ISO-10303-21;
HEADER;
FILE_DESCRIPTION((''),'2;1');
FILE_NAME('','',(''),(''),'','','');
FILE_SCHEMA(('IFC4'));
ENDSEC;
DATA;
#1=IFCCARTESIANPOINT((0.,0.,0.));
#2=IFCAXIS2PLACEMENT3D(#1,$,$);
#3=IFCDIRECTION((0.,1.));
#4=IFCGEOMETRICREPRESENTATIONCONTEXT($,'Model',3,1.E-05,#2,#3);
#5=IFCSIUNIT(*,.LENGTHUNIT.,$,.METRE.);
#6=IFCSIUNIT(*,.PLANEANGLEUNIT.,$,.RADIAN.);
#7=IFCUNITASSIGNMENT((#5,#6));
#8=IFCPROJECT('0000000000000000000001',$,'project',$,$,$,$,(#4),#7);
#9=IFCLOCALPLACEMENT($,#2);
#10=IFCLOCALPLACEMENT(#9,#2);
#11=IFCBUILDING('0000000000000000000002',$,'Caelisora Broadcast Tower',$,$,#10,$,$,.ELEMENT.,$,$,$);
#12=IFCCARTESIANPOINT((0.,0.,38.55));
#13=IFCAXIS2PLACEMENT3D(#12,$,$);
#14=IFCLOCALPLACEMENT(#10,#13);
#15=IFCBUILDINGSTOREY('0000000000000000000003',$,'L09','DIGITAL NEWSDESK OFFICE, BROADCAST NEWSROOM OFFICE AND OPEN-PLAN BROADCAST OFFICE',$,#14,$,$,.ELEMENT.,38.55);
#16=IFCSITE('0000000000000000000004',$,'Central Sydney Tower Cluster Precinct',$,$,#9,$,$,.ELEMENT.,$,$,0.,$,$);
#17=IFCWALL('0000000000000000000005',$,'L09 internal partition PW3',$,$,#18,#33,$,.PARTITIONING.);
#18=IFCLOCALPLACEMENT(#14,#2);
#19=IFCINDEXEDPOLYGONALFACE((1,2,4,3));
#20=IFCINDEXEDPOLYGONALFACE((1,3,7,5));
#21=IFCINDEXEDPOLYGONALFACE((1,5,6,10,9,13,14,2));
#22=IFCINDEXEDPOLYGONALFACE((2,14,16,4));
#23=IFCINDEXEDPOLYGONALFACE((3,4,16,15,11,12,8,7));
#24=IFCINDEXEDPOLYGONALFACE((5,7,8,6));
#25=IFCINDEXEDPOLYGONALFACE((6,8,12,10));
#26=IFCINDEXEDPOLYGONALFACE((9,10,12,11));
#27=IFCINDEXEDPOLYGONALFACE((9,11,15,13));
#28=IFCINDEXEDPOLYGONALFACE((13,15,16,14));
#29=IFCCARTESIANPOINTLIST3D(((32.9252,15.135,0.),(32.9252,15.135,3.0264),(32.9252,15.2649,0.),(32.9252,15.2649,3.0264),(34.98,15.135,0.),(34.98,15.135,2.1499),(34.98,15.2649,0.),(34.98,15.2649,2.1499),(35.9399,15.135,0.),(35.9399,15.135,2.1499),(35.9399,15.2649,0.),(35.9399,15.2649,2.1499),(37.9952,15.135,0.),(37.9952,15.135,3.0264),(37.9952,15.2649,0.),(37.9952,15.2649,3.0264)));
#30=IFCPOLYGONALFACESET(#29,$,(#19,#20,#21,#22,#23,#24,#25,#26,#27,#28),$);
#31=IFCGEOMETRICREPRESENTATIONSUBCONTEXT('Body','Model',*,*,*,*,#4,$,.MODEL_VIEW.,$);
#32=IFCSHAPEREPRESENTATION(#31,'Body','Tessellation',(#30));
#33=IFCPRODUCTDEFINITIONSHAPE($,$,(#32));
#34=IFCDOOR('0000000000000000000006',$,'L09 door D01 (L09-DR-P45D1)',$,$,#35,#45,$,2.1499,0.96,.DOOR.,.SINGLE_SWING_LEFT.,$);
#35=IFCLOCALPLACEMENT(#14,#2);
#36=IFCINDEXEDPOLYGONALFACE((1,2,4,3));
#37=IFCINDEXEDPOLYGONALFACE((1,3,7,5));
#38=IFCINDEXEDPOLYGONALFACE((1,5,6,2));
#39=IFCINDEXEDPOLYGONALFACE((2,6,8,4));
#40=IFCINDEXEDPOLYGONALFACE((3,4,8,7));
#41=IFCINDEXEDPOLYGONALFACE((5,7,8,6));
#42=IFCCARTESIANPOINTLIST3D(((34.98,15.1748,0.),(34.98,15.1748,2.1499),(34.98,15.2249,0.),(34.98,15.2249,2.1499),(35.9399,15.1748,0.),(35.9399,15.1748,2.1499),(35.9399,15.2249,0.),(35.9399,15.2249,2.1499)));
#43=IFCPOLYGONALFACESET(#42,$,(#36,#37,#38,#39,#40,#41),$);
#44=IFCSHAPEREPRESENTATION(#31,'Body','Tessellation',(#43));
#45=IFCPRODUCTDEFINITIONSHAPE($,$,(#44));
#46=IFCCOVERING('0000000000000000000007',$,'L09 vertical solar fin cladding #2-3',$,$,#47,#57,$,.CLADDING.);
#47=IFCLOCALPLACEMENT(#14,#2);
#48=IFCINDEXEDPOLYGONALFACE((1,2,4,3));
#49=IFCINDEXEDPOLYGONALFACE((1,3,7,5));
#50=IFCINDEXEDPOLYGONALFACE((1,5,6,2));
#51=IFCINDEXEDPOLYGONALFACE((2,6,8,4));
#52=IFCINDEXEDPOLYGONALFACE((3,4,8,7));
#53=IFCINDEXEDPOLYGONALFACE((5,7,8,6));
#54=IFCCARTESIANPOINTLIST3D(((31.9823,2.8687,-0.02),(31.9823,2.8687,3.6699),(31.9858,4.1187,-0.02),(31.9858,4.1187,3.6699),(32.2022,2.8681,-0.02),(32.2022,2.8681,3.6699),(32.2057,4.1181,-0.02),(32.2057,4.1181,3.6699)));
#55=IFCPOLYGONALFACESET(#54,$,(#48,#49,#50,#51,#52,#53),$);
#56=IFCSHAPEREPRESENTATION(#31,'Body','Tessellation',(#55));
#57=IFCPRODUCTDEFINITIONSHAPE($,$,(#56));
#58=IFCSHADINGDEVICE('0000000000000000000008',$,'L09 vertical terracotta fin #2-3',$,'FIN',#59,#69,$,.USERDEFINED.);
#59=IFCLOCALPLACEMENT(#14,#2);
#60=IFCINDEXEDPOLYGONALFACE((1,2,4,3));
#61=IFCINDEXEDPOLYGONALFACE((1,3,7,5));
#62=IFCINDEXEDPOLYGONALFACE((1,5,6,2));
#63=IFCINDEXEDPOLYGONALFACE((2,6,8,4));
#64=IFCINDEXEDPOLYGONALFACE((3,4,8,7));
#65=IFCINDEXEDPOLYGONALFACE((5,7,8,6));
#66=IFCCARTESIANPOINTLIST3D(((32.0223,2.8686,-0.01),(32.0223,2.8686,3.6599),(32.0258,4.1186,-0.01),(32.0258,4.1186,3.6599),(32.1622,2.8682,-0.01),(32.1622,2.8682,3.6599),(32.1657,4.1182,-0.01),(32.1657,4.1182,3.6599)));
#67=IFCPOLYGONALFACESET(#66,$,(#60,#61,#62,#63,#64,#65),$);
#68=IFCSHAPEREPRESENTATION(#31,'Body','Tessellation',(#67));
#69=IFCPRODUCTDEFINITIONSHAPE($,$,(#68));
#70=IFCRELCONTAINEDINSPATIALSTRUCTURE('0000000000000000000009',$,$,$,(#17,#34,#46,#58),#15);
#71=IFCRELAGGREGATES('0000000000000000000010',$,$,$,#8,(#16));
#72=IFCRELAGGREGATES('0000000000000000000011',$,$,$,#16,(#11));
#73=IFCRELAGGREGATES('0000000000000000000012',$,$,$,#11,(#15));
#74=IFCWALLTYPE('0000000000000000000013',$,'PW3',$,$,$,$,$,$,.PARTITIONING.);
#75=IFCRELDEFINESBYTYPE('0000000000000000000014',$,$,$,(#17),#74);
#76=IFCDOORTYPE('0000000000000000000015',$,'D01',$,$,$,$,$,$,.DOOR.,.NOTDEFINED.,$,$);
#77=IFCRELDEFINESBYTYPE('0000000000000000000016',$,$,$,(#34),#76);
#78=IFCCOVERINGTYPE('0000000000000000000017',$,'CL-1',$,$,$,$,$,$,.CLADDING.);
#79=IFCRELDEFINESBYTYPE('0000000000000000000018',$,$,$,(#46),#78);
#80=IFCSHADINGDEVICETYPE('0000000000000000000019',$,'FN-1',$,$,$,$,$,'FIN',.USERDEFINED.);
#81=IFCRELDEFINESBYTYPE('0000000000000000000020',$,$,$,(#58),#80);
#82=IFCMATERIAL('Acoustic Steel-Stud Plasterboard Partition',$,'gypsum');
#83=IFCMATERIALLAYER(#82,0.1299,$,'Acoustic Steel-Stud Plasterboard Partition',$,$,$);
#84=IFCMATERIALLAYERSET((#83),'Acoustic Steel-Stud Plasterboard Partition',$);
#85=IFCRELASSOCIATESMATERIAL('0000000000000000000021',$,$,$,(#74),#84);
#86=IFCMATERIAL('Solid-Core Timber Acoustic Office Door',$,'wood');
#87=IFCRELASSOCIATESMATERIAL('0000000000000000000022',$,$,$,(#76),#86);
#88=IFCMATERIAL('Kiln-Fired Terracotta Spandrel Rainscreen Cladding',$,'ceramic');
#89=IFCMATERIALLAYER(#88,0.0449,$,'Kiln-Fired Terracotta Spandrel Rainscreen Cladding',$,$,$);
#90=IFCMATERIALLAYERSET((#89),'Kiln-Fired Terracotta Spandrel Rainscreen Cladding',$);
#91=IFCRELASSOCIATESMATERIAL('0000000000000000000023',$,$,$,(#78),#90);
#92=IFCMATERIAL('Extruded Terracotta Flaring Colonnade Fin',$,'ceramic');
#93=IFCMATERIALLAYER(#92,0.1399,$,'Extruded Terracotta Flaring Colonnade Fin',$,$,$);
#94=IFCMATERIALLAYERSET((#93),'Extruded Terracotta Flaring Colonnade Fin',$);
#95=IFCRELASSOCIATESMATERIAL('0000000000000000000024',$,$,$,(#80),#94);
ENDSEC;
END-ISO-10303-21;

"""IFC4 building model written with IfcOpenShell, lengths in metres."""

from ifc_helpers import new_model, si_unit, direction, frame, frame_2d, origin, origin_2d, place, context, subcontext, project, spatial, rectangle, extrude, source, transform, mapped, material, layer, layer_set, type_object, type_shapes, element, fill, save


model = new_model("IFC4")

# Units and contexts
model_context = context("Model", 3, precision=1e-05, world=origin(), true_north=direction((0.0, 1.0)))
body_context = subcontext(model_context, "Body", "Model", "MODEL_VIEW")
ifc_project = project(units=[si_unit("LENGTHUNIT", "METRE"), si_unit("PLANEANGLEUNIT", "RADIAN")], contexts=[model_context])

# Site, building, storey
site_placement = place(None, origin())
site = spatial("IfcSite", under=ifc_project, at=site_placement, Name="Central Sydney Tower Cluster Precinct", CompositionType="ELEMENT", RefElevation=0.0)
building_placement = place(site_placement, origin())
building = spatial("IfcBuilding", under=site, at=building_placement, Name="Caelisora Broadcast Tower", CompositionType="ELEMENT")
storey_placement = place(building_placement, frame((0.0, 0.0, 38.55)))
storey = spatial("IfcBuildingStorey", under=building, at=storey_placement, Name="L09", Description="DIGITAL NEWSDESK OFFICE, BROADCAST NEWSROOM OFFICE AND OPEN-PLAN BROADCAST OFFICE", CompositionType="ELEMENT", Elevation=38.55)

# Wall, opening, door
ifc_material_1 = material(Name="Acoustic Steel-Stud Plasterboard Partition", Category="gypsum")
ifc_layer_1 = layer(ifc_material_1, 0.1299, Name="Acoustic Steel-Stud Plasterboard Partition")
ifc_layer_set_1 = layer_set([ifc_layer_1], Name="Acoustic Steel-Stud Plasterboard Partition")
wall_type = type_object("IfcWallType", Name="PW3", PredefinedType="PARTITIONING", material=ifc_layer_set_1)
wall_placement = place(storey_placement, frame((32.925, 15.2, 0.0), z_axis=(0.0, 0.0, 1.0), x_axis=(1.0, 0.0, 0.0)))
wall = element("IfcWall", 1, at=wall_placement, inside=storey, type_object=wall_type, Name="L09 internal partition PW3", PredefinedType="PARTITIONING", context=body_context, shape_type="SweptSolid", body=[
    extrude(rectangle(XDim=5.0701, YDim=0.1299, at=frame_2d((2.5352, 0.0))), origin(), (0.0, 0.0, 1.0), 3.0264),
])
opening_placement = place(wall_placement, frame((2.0549, 0.0, 0.0)))
opening = element("IfcOpeningElement", 2, at=opening_placement, cuts=wall, PredefinedType="OPENING", context=body_context, shape_type="SweptSolid", body=[
    extrude(rectangle(XDim=0.96, YDim=2.1499, at=frame_2d((0.48, 1.075))), frame((0.0, 0.0769, 0.0), z_axis=(0.0, -1.0, 0.0), x_axis=(1.0, 0.0, 0.0)), (0.0, 0.0, 1.0), 0.1538),
])
ifc_material_2 = material(Name="Solid-Core Timber Acoustic Office Door", Category="wood")
door_type = type_object("IfcDoorType", Name="D01", OperationType="NOTDEFINED", PredefinedType="DOOR", material=ifc_material_2)
door_placement = place(opening_placement, origin())
door = element("IfcDoor", 3, at=door_placement, inside=storey, type_object=door_type, Name="L09 door D01 (L09-DR-P45D1)", OperationType="SINGLE_SWING_LEFT", OverallHeight=2.1499, OverallWidth=0.96, PredefinedType="DOOR", context=body_context, shape_type="SweptSolid", body=[
    extrude(rectangle(XDim=0.96, YDim=2.1499, at=frame_2d((0.48, 1.075))), frame((0.0, 0.0249, 0.0), z_axis=(0.0, -1.0, 0.0), x_axis=(1.0, 0.0, 0.0)), (0.0, 0.0, 1.0), 0.05),
])
fill(opening, door)

# Covering
ifc_material_3 = material(Name="Kiln-Fired Terracotta Spandrel Rainscreen Cladding", Category="ceramic")
ifc_layer_2 = layer(ifc_material_3, 0.0449, Name="Kiln-Fired Terracotta Spandrel Rainscreen Cladding")
ifc_layer_set_2 = layer_set([ifc_layer_2], Name="Kiln-Fired Terracotta Spandrel Rainscreen Cladding")
covering_type = type_object("IfcCoveringType", Name="CL-1", PredefinedType="CLADDING", material=ifc_layer_set_2)
shared_shape_1 = source(origin(), body_context, "Body", "SweptSolid", [
    extrude(rectangle(XDim=0.22, YDim=1.25, at=origin_2d()), origin(), (0.0, 0.0, 1.0), 3.6899),
])
type_shapes(covering_type, [shared_shape_1])
covering_placement = place(storey_placement, frame((32.094, 3.4934, -0.02), z_axis=(0.0, 0.0, 1.0), x_axis=(-0.999996, 0.002793, 0.0)))
element("IfcCovering", 4, at=covering_placement, inside=storey, type_object=covering_type, Name="L09 vertical solar fin cladding #2-3", PredefinedType="CLADDING", context=body_context, shape_type="MappedRepresentation", body=[
    mapped(shared_shape_1, transform((0.0, 0.0, 0.0), scale=1.0)),
])

# Shading device
ifc_material_4 = material(Name="Extruded Terracotta Flaring Colonnade Fin", Category="ceramic")
ifc_layer_3 = layer(ifc_material_4, 0.1399, Name="Extruded Terracotta Flaring Colonnade Fin")
ifc_layer_set_3 = layer_set([ifc_layer_3], Name="Extruded Terracotta Flaring Colonnade Fin")
shading_device_type = type_object("IfcShadingDeviceType", Name="FN-1", ElementType="FIN", PredefinedType="USERDEFINED", material=ifc_layer_set_3)
shared_shape_2 = source(origin(), body_context, "Body", "SweptSolid", [
    extrude(rectangle(XDim=0.1399, YDim=1.25, at=origin_2d()), origin(), (0.0, 0.0, 1.0), 3.6699),
])
type_shapes(shading_device_type, [shared_shape_2])
shading_device_placement = place(storey_placement, frame((32.094, 3.4934, -0.01), z_axis=(0.0, 0.0, 1.0), x_axis=(-0.999996, 0.002793, 0.0)))
element("IfcShadingDevice", 5, at=shading_device_placement, inside=storey, type_object=shading_device_type, Name="L09 vertical terracotta fin #2-3", ObjectType="FIN", PredefinedType="USERDEFINED", context=body_context, shape_type="MappedRepresentation", body=[
    mapped(shared_shape_2, transform((0.0, 0.0, 0.0), scale=1.0)),
])

save(model, "model.ifc")
